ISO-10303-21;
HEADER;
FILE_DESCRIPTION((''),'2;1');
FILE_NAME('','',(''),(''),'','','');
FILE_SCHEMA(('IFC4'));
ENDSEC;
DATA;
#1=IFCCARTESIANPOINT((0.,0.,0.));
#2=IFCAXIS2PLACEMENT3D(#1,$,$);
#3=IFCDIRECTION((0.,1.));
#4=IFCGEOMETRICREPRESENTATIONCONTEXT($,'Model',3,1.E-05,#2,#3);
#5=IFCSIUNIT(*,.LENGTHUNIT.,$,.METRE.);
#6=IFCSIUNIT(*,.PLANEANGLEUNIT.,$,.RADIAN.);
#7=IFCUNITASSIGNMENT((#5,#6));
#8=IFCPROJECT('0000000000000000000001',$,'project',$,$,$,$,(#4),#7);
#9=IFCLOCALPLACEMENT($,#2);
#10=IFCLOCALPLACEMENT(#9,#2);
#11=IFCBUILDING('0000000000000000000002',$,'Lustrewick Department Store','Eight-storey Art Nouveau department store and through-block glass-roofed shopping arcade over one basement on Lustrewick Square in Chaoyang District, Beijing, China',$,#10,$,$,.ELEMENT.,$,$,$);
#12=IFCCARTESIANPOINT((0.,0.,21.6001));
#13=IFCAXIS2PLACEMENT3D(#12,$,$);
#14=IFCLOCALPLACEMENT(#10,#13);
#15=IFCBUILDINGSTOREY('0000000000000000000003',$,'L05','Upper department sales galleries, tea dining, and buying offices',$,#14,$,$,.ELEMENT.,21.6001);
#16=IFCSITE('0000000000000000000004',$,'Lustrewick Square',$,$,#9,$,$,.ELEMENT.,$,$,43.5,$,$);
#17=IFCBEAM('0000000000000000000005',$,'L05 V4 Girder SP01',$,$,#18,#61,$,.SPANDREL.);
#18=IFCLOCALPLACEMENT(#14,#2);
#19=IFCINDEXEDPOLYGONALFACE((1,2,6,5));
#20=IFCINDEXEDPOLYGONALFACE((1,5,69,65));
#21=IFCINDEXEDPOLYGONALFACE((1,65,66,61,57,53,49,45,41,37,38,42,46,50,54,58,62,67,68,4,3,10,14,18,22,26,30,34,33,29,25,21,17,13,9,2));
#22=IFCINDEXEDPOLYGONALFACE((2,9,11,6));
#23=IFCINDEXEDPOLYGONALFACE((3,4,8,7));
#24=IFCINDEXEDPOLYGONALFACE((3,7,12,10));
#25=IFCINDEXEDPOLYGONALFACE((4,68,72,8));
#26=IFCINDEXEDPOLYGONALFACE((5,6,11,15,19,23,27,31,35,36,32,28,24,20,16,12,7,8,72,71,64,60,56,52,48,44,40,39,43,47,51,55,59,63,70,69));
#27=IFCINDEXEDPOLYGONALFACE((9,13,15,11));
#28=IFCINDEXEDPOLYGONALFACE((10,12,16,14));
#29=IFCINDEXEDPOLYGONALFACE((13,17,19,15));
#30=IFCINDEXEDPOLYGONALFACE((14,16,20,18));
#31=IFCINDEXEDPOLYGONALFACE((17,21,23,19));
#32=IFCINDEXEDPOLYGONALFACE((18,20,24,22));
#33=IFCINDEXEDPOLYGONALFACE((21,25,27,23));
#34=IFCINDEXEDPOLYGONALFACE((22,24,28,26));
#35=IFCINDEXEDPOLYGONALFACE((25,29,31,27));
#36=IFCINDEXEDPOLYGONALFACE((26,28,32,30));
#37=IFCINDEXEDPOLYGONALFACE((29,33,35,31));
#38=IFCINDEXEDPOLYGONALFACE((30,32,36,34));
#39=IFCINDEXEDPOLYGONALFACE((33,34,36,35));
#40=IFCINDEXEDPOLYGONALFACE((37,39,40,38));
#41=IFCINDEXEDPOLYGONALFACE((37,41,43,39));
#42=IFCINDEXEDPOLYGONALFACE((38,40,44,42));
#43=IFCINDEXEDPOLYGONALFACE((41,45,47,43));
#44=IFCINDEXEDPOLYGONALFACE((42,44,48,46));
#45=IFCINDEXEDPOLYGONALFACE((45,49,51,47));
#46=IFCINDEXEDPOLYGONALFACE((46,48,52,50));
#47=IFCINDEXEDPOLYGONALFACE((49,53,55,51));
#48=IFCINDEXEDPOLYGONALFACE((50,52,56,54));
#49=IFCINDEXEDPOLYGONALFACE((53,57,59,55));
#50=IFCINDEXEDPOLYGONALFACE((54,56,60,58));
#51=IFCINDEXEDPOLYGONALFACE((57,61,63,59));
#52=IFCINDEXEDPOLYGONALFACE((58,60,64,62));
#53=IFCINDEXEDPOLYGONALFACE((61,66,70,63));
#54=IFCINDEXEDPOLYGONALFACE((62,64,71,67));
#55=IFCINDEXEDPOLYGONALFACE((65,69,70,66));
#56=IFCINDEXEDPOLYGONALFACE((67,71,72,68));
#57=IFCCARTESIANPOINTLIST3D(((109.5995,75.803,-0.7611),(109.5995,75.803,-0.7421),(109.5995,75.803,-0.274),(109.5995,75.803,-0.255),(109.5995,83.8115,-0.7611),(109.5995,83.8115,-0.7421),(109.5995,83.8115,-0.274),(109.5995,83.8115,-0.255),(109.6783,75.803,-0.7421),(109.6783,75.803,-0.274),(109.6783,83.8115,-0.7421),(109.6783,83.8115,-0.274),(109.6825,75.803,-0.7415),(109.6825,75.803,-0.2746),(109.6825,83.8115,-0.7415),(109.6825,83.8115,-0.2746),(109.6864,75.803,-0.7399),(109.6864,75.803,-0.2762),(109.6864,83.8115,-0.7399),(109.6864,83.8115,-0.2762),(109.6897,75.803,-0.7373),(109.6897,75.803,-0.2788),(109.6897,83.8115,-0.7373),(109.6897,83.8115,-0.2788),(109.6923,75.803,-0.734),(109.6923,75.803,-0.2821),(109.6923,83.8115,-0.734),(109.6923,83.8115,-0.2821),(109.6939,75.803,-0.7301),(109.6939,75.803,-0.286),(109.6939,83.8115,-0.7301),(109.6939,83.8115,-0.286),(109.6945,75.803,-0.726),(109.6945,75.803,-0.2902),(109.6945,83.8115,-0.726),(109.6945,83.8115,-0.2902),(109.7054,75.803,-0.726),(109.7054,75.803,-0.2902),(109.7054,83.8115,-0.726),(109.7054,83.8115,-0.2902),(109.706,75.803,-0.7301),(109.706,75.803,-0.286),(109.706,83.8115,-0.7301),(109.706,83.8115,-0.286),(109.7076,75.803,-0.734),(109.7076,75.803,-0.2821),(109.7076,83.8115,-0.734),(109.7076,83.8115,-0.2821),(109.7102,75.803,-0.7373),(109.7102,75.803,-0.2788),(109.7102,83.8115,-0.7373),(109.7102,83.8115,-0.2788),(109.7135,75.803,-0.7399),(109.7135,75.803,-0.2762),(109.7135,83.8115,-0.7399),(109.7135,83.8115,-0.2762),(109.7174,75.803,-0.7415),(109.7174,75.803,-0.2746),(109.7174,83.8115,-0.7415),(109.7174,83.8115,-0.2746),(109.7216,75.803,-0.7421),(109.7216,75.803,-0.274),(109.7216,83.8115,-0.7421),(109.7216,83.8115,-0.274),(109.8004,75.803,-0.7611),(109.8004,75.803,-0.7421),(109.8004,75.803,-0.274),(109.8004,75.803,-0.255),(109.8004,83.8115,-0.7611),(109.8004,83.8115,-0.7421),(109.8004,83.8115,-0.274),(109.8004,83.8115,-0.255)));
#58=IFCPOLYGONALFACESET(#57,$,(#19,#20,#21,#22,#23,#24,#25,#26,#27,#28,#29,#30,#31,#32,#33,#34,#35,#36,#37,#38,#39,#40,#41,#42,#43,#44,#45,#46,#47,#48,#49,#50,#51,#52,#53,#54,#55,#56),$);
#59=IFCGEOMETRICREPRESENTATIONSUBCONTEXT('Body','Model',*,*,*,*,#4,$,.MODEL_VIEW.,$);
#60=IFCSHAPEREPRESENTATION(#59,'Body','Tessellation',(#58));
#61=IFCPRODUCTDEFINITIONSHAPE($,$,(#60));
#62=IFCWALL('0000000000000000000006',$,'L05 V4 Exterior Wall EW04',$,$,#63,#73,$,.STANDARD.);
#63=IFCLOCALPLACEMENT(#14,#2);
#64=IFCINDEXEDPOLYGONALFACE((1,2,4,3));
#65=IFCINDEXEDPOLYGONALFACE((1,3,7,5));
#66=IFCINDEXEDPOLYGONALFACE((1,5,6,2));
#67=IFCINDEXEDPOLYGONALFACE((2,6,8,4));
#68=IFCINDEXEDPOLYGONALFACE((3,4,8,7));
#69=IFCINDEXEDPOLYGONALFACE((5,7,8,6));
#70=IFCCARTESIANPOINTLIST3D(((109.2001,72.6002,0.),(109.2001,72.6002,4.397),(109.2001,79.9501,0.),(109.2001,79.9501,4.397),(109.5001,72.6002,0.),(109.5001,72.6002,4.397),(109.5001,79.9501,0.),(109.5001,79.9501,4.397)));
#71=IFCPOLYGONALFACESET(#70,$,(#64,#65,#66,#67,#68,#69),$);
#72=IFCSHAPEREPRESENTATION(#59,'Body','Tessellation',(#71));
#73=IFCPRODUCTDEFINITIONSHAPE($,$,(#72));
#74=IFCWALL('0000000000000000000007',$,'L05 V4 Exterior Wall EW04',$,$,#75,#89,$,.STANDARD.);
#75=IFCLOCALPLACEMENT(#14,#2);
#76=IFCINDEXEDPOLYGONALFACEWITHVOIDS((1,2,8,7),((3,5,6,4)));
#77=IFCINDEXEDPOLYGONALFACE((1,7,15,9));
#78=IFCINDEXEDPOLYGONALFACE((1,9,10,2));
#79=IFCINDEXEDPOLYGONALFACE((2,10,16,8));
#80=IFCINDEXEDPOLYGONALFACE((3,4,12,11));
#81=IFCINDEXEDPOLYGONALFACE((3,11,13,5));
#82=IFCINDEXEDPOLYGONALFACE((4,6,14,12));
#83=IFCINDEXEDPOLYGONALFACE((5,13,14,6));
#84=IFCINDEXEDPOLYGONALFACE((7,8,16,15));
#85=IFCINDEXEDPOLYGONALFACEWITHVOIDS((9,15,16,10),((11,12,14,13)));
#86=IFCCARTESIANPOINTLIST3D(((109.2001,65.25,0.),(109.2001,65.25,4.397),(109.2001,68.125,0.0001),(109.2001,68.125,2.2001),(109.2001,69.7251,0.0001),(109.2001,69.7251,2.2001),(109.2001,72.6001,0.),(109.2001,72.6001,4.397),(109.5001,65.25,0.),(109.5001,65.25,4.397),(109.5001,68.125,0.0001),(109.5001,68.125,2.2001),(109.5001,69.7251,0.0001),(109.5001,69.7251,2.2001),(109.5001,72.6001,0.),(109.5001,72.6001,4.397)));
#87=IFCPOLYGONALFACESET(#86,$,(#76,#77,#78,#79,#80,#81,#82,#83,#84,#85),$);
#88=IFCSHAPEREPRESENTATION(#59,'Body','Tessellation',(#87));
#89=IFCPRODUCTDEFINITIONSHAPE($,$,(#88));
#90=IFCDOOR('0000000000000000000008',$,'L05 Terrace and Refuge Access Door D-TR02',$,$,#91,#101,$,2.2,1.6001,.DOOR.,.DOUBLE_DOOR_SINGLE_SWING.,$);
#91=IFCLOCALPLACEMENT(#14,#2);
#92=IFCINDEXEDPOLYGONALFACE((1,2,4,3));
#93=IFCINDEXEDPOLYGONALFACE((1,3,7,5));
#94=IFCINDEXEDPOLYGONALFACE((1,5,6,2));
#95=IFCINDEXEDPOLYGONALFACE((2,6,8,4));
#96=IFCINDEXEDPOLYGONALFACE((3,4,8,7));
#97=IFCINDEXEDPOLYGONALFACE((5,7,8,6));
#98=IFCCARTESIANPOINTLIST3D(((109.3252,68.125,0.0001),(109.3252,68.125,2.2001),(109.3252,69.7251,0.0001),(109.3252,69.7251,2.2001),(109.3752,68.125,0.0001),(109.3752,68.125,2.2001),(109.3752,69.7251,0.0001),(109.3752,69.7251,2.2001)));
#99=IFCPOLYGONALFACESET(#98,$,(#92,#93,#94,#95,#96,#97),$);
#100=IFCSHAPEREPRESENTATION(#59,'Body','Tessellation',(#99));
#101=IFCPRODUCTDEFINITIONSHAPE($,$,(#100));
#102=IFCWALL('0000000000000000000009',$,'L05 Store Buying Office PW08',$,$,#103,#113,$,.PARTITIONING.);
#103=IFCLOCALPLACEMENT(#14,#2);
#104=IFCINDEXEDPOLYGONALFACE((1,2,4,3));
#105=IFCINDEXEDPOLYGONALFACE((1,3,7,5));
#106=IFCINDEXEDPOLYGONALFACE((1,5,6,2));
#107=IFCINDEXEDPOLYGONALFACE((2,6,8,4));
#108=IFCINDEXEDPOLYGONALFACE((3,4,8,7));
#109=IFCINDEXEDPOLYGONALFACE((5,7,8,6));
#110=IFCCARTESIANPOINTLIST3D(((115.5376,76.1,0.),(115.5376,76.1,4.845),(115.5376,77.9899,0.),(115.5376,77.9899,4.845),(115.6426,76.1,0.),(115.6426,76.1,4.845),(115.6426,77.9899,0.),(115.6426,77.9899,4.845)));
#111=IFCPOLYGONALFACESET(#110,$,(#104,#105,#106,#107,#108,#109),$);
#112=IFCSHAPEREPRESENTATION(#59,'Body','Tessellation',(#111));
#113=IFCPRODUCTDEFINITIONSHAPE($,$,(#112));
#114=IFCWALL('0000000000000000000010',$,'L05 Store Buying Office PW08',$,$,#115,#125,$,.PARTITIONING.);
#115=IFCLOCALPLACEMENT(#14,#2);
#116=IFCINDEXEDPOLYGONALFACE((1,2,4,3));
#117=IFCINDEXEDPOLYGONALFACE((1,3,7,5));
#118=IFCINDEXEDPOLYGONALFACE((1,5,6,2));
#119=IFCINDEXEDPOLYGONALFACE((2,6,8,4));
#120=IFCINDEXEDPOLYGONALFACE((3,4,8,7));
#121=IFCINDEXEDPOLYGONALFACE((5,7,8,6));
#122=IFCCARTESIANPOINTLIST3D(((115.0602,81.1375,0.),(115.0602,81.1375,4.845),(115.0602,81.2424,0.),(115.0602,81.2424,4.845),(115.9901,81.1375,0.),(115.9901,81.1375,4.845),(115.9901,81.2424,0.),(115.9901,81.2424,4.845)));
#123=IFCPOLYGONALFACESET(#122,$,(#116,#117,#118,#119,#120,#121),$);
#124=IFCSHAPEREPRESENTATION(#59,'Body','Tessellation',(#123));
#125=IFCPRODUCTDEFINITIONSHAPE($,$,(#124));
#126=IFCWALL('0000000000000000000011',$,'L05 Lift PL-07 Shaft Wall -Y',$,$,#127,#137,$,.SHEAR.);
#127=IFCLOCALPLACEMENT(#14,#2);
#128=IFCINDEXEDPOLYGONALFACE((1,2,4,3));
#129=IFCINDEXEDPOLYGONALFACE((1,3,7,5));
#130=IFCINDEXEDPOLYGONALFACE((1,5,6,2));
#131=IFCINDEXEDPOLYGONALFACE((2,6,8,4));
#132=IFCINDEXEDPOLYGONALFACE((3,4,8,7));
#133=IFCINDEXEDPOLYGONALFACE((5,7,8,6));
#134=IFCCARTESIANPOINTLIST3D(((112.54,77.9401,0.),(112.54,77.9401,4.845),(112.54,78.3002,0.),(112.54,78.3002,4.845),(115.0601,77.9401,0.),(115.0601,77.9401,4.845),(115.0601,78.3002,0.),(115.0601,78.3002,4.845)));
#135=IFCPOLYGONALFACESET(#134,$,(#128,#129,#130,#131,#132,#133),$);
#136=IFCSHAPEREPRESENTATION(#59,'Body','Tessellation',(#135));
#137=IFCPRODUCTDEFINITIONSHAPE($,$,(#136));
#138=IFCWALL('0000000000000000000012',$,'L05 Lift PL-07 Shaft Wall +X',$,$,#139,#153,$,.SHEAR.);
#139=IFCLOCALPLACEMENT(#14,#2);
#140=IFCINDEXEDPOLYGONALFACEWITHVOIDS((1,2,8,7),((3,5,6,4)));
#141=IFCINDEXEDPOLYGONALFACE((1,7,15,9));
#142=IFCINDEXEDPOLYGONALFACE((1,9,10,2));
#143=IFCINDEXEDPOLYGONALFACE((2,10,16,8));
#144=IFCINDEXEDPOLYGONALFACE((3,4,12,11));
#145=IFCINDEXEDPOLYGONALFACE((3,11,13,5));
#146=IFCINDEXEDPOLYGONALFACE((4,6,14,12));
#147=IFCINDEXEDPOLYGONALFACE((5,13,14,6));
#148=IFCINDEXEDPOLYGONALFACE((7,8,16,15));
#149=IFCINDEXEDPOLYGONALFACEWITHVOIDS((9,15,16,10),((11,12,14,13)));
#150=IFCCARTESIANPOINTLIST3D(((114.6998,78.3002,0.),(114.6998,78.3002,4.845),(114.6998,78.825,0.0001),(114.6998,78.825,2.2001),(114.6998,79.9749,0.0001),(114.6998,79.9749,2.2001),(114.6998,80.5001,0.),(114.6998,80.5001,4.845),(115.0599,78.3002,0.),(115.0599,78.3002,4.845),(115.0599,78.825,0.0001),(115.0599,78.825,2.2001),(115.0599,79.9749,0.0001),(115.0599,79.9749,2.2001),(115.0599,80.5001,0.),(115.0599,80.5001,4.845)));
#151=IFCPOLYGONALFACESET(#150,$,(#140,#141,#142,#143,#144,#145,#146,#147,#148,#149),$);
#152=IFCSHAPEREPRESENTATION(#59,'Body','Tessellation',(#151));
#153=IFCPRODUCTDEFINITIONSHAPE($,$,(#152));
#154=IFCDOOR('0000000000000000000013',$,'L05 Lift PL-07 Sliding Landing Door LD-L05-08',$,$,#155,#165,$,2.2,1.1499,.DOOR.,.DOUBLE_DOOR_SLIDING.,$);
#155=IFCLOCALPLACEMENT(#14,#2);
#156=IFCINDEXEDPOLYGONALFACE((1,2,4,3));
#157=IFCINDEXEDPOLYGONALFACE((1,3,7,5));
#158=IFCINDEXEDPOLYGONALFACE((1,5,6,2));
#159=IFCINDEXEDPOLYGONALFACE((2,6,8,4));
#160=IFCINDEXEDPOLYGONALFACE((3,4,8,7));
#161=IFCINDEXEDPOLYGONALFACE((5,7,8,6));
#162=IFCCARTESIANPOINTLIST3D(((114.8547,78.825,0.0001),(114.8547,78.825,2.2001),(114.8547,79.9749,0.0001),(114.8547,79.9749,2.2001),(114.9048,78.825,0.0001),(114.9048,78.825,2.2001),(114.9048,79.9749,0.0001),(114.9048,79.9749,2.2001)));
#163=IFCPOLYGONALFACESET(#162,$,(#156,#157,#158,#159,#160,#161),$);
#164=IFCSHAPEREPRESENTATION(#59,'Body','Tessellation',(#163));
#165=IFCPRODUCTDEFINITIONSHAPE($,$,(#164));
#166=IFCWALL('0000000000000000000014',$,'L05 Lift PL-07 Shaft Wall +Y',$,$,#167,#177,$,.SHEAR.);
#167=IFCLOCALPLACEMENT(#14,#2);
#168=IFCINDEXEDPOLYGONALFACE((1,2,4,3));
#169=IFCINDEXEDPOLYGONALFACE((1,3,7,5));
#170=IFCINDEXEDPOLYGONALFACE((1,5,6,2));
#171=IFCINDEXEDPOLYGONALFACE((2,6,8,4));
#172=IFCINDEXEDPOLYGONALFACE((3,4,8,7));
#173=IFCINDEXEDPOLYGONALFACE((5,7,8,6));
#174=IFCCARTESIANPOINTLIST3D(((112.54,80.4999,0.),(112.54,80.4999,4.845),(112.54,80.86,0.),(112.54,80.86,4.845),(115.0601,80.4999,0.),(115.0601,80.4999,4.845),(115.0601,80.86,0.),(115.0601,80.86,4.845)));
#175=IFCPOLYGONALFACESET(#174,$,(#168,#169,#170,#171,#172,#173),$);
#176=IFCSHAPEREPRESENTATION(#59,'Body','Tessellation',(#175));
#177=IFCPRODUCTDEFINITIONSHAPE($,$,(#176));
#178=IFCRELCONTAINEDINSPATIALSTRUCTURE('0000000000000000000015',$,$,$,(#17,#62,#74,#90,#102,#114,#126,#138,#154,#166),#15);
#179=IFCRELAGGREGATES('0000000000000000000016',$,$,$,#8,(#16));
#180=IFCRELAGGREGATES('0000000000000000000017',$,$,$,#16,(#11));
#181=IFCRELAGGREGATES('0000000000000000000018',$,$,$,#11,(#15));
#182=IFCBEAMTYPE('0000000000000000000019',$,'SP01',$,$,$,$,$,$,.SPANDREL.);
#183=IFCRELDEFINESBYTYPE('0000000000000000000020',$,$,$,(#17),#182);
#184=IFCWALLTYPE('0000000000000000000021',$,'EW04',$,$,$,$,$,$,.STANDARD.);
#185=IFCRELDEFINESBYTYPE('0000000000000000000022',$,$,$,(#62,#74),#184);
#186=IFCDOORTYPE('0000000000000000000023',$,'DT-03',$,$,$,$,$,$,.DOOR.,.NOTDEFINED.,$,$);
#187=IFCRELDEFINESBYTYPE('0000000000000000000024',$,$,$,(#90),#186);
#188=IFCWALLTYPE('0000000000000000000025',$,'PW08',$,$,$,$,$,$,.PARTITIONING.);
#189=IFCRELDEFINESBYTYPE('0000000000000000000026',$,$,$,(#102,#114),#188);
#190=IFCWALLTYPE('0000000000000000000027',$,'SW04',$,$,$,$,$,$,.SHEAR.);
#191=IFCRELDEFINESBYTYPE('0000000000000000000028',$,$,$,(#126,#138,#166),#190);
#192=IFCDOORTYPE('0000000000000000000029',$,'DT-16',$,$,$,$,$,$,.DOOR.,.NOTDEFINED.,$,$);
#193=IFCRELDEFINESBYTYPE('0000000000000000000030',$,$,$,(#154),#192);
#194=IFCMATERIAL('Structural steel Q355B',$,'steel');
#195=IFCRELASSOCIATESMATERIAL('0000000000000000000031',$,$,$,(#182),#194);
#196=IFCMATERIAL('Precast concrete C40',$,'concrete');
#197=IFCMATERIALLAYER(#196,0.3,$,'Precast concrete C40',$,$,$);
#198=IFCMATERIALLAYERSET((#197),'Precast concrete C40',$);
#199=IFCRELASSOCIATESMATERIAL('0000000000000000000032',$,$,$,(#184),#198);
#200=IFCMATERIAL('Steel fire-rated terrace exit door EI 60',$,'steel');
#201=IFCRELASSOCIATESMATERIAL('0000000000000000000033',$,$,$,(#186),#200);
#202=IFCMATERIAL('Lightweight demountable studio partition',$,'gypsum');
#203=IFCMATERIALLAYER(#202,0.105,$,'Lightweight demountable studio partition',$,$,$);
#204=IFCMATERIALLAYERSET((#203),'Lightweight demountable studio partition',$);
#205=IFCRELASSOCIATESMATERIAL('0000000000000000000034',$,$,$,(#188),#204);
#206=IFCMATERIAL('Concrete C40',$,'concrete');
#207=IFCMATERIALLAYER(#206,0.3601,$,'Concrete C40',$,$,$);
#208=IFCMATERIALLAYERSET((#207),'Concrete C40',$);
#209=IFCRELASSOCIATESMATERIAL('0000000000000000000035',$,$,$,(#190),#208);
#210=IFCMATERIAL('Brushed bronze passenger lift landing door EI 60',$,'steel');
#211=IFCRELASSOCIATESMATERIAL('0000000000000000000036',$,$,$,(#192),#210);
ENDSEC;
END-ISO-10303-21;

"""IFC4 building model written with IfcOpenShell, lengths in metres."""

from ifc_helpers import new_model, si_unit, direction, frame, frame_2d, origin, origin_2d, place, context, subcontext, project, spatial, rectangle, i_section, extrude, material, layer, layer_set, material_profile, profile_set, type_object, element, fill, save


model = new_model("IFC4")

# Units and contexts
model_context = context("Model", 3, precision=1e-05, world=origin(), true_north=direction((0.0, 1.0)))
body_context = subcontext(model_context, "Body", "Model", "MODEL_VIEW")
ifc_project = project(units=[si_unit("LENGTHUNIT", "METRE"), si_unit("PLANEANGLEUNIT", "RADIAN")], contexts=[model_context])

# Site, building, storey
site_placement = place(None, origin())
site = spatial("IfcSite", under=ifc_project, at=site_placement, Name="Lustrewick Square", CompositionType="ELEMENT", RefElevation=43.5)
building_placement = place(site_placement, origin())
building = spatial("IfcBuilding", under=site, at=building_placement, Name="Lustrewick Department Store", Description="Eight-storey Art Nouveau department store and through-block glass-roofed shopping arcade over one basement on Lustrewick Square in Chaoyang District, Beijing, China", CompositionType="ELEMENT")
storey_placement = place(building_placement, frame((0.0, 0.0, 21.6001)))
storey = spatial("IfcBuildingStorey", under=building, at=storey_placement, Name="L05", Description="Upper department sales galleries, tea dining, and buying offices", CompositionType="ELEMENT", Elevation=21.6001)

# Shared definitions
ifc_material_1 = material(Name="Structural steel Q355B", Category="steel")

# Beam
ifc_material_profile_1 = material_profile(ifc_material_1, i_section(OverallWidth=0.2009, OverallDepth=0.5061, WebThickness=0.011, FlangeThickness=0.019, FilletRadius=0.0161, at=origin_2d()), Name="HN 506x201x11x19")
ifc_profile_set_1 = profile_set([ifc_material_profile_1], Name="Structural steel Q355B")
beam_type_1 = type_object("IfcBeamType", Name="SP01", PredefinedType="SPANDREL", material=ifc_profile_set_1)
beam_1_placement = place(storey_placement, frame((109.7, 75.803, -0.5081), z_axis=(0.0, 1.0, 0.0), x_axis=(-1.0, 0.0, 0.0)))
element("IfcBeam", 1, at=beam_1_placement, inside=storey, type_object=beam_type_1, Name="L05 V4 Girder SP01", PredefinedType="SPANDREL", context=body_context, shape_type="SweptSolid", body=[
    extrude(i_section(OverallWidth=0.2009, OverallDepth=0.5061, WebThickness=0.011, FlangeThickness=0.019, FilletRadius=0.0161, at=origin_2d()), origin(), (0.0, 0.0, 1.0), 8.0085),
])

# Wall
ifc_material_2 = material(Name="Precast concrete C40", Category="concrete")
ifc_layer_1 = layer(ifc_material_2, 0.3, Name="Precast concrete C40")
ifc_layer_set_1 = layer_set([ifc_layer_1], Name="Precast concrete C40")
wall_type_1 = type_object("IfcWallType", Name="EW04", PredefinedType="STANDARD", material=ifc_layer_set_1)
wall_1_placement = place(storey_placement, frame((109.3501, 79.95, 0.0), z_axis=(0.0, 0.0, 1.0), x_axis=(0.0, -1.0, 0.0)))
element("IfcWall", 2, at=wall_1_placement, inside=storey, type_object=wall_type_1, Name="L05 V4 Exterior Wall EW04", PredefinedType="STANDARD", context=body_context, shape_type="SweptSolid", body=[
    extrude(rectangle(XDim=7.3499, YDim=0.3, at=frame_2d((3.6748, 0.0))), origin(), (0.0, 0.0, 1.0), 4.397),
])

# Wall, opening, door
wall_2_placement = place(storey_placement, frame((109.3501, 72.6001, 0.0), z_axis=(0.0, 0.0, 1.0), x_axis=(0.0, -1.0, 0.0)))
wall_2 = element("IfcWall", 3, at=wall_2_placement, inside=storey, type_object=wall_type_1, Name="L05 V4 Exterior Wall EW04", PredefinedType="STANDARD", context=body_context, shape_type="SweptSolid", body=[
    extrude(rectangle(XDim=7.3501, YDim=0.3, at=frame_2d((3.675, 0.0))), origin(), (0.0, 0.0, 1.0), 4.397),
])
opening_1_placement = place(wall_2_placement, frame((2.875, 0.0, 0.0)))
opening_1 = element("IfcOpeningElement", 4, at=opening_1_placement, cuts=wall_2, PredefinedType="OPENING", context=body_context, shape_type="SweptSolid", body=[
    extrude(rectangle(XDim=1.6001, YDim=2.2, at=frame_2d((0.8, 1.1001))), frame((0.0, 0.1602, 0.0), z_axis=(0.0, -1.0, 0.0), x_axis=(1.0, 0.0, 0.0)), (0.0, 0.0, 1.0), 0.3201),
])
ifc_material_3 = material(Name="Steel fire-rated terrace exit door EI 60", Category="steel")
door_type_1 = type_object("IfcDoorType", Name="DT-03", OperationType="NOTDEFINED", PredefinedType="DOOR", material=ifc_material_3)
door_1_placement = place(opening_1_placement, frame((1.6001, 0.0, 0.0), z_axis=(0.0, 0.0, 1.0), x_axis=(-1.0, 0.0, 0.0)))
door_1 = element("IfcDoor", 5, at=door_1_placement, inside=storey, type_object=door_type_1, Name="L05 Terrace and Refuge Access Door D-TR02", OperationType="DOUBLE_DOOR_SINGLE_SWING", OverallHeight=2.2, OverallWidth=1.6001, PredefinedType="DOOR", context=body_context, shape_type="SweptSolid", body=[
    extrude(rectangle(XDim=1.6001, YDim=2.2, at=frame_2d((0.8, 1.1001))), frame((0.0, 0.0249, 0.0), z_axis=(0.0, -1.0, 0.0), x_axis=(1.0, 0.0, 0.0)), (0.0, 0.0, 1.0), 0.05),
])
fill(opening_1, door_1)

# Walls
ifc_material_4 = material(Name="Lightweight demountable studio partition", Category="gypsum")
ifc_layer_2 = layer(ifc_material_4, 0.105, Name="Lightweight demountable studio partition")
ifc_layer_set_2 = layer_set([ifc_layer_2], Name="Lightweight demountable studio partition")
wall_type_2 = type_object("IfcWallType", Name="PW08", PredefinedType="PARTITIONING", material=ifc_layer_set_2)
wall_3_placement = place(storey_placement, frame((115.5901, 76.1001, 0.0), z_axis=(0.0, 0.0, 1.0), x_axis=(0.0, 1.0, 0.0)))
element("IfcWall", 6, at=wall_3_placement, inside=storey, type_object=wall_type_2, Name="L05 Store Buying Office PW08", PredefinedType="PARTITIONING", context=body_context, shape_type="SweptSolid", body=[
    extrude(rectangle(XDim=1.8899, YDim=0.105, at=frame_2d((0.9448, 0.0))), origin(), (0.0, 0.0, 1.0), 4.845),
])
wall_4_placement = place(storey_placement, frame((115.99, 81.1899, 0.0), z_axis=(0.0, 0.0, 1.0), x_axis=(-1.0, 0.0, 0.0)))
element("IfcWall", 7, at=wall_4_placement, inside=storey, type_object=wall_type_2, Name="L05 Store Buying Office PW08", PredefinedType="PARTITIONING", context=body_context, shape_type="SweptSolid", body=[
    extrude(rectangle(XDim=0.9299, YDim=0.105, at=frame_2d((0.4648, 0.0))), origin(), (0.0, 0.0, 1.0), 4.845),
])
ifc_material_5 = material(Name="Concrete C40", Category="concrete")
ifc_layer_3 = layer(ifc_material_5, 0.3601, Name="Concrete C40")
ifc_layer_set_3 = layer_set([ifc_layer_3], Name="Concrete C40")
wall_type_3 = type_object("IfcWallType", Name="SW04", PredefinedType="SHEAR", material=ifc_layer_set_3)
wall_5_placement = place(storey_placement, frame((112.54, 78.1201, 0.0), z_axis=(0.0, 0.0, 1.0), x_axis=(1.0, 0.0, 0.0)))
element("IfcWall", 8, at=wall_5_placement, inside=storey, type_object=wall_type_3, Name="L05 Lift PL-07 Shaft Wall -Y", PredefinedType="SHEAR", context=body_context, shape_type="SweptSolid", body=[
    extrude(rectangle(XDim=2.52, YDim=0.3601, at=frame_2d((1.26, 0.0))), origin(), (0.0, 0.0, 1.0), 4.845),
])

# Wall, opening, door
wall_6_placement = place(storey_placement, frame((114.8799, 78.3, 0.0), z_axis=(0.0, 0.0, 1.0), x_axis=(0.0, 1.0, 0.0)))
wall_6 = element("IfcWall", 9, at=wall_6_placement, inside=storey, type_object=wall_type_3, Name="L05 Lift PL-07 Shaft Wall +X", PredefinedType="SHEAR", context=body_context, shape_type="SweptSolid", body=[
    extrude(rectangle(XDim=2.2, YDim=0.3601, at=frame_2d((1.1001, 0.0))), origin(), (0.0, 0.0, 1.0), 4.845),
])
opening_2_placement = place(wall_6_placement, frame((0.5249, 0.0, 0.0)))
opening_2 = element("IfcOpeningElement", 10, at=opening_2_placement, cuts=wall_6, PredefinedType="OPENING", context=body_context, shape_type="SweptSolid", body=[
    extrude(rectangle(XDim=1.1499, YDim=2.2, at=frame_2d((0.575, 1.1001))), frame((0.0, 0.1899, 0.0), z_axis=(0.0, -1.0, 0.0), x_axis=(1.0, 0.0, 0.0)), (0.0, 0.0, 1.0), 0.3801),
])
ifc_material_6 = material(Name="Brushed bronze passenger lift landing door EI 60", Category="steel")
door_type_2 = type_object("IfcDoorType", Name="DT-16", OperationType="NOTDEFINED", PredefinedType="DOOR", material=ifc_material_6)
door_2_placement = place(opening_2_placement, frame((1.1499, 0.0, 0.0), z_axis=(0.0, 0.0, 1.0), x_axis=(-1.0, 0.0, 0.0)))
door_2 = element("IfcDoor", 11, at=door_2_placement, inside=storey, type_object=door_type_2, Name="L05 Lift PL-07 Sliding Landing Door LD-L05-08", OperationType="DOUBLE_DOOR_SLIDING", OverallHeight=2.2, OverallWidth=1.1499, PredefinedType="DOOR", context=body_context, shape_type="SweptSolid", body=[
    extrude(rectangle(XDim=1.1499, YDim=2.2, at=frame_2d((0.575, 1.1001))), frame((0.0, 0.0249, 0.0), z_axis=(0.0, -1.0, 0.0), x_axis=(1.0, 0.0, 0.0)), (0.0, 0.0, 1.0), 0.05),
])
fill(opening_2, door_2)

# Wall
wall_7_placement = place(storey_placement, frame((115.0601, 80.6799, 0.0), z_axis=(0.0, 0.0, 1.0), x_axis=(-1.0, 0.0, 0.0)))
element("IfcWall", 12, at=wall_7_placement, inside=storey, type_object=wall_type_3, Name="L05 Lift PL-07 Shaft Wall +Y", PredefinedType="SHEAR", context=body_context, shape_type="SweptSolid", body=[
    extrude(rectangle(XDim=2.52, YDim=0.3601, at=frame_2d((1.26, 0.0))), origin(), (0.0, 0.0, 1.0), 4.845),
])

save(model, "model.ifc")
